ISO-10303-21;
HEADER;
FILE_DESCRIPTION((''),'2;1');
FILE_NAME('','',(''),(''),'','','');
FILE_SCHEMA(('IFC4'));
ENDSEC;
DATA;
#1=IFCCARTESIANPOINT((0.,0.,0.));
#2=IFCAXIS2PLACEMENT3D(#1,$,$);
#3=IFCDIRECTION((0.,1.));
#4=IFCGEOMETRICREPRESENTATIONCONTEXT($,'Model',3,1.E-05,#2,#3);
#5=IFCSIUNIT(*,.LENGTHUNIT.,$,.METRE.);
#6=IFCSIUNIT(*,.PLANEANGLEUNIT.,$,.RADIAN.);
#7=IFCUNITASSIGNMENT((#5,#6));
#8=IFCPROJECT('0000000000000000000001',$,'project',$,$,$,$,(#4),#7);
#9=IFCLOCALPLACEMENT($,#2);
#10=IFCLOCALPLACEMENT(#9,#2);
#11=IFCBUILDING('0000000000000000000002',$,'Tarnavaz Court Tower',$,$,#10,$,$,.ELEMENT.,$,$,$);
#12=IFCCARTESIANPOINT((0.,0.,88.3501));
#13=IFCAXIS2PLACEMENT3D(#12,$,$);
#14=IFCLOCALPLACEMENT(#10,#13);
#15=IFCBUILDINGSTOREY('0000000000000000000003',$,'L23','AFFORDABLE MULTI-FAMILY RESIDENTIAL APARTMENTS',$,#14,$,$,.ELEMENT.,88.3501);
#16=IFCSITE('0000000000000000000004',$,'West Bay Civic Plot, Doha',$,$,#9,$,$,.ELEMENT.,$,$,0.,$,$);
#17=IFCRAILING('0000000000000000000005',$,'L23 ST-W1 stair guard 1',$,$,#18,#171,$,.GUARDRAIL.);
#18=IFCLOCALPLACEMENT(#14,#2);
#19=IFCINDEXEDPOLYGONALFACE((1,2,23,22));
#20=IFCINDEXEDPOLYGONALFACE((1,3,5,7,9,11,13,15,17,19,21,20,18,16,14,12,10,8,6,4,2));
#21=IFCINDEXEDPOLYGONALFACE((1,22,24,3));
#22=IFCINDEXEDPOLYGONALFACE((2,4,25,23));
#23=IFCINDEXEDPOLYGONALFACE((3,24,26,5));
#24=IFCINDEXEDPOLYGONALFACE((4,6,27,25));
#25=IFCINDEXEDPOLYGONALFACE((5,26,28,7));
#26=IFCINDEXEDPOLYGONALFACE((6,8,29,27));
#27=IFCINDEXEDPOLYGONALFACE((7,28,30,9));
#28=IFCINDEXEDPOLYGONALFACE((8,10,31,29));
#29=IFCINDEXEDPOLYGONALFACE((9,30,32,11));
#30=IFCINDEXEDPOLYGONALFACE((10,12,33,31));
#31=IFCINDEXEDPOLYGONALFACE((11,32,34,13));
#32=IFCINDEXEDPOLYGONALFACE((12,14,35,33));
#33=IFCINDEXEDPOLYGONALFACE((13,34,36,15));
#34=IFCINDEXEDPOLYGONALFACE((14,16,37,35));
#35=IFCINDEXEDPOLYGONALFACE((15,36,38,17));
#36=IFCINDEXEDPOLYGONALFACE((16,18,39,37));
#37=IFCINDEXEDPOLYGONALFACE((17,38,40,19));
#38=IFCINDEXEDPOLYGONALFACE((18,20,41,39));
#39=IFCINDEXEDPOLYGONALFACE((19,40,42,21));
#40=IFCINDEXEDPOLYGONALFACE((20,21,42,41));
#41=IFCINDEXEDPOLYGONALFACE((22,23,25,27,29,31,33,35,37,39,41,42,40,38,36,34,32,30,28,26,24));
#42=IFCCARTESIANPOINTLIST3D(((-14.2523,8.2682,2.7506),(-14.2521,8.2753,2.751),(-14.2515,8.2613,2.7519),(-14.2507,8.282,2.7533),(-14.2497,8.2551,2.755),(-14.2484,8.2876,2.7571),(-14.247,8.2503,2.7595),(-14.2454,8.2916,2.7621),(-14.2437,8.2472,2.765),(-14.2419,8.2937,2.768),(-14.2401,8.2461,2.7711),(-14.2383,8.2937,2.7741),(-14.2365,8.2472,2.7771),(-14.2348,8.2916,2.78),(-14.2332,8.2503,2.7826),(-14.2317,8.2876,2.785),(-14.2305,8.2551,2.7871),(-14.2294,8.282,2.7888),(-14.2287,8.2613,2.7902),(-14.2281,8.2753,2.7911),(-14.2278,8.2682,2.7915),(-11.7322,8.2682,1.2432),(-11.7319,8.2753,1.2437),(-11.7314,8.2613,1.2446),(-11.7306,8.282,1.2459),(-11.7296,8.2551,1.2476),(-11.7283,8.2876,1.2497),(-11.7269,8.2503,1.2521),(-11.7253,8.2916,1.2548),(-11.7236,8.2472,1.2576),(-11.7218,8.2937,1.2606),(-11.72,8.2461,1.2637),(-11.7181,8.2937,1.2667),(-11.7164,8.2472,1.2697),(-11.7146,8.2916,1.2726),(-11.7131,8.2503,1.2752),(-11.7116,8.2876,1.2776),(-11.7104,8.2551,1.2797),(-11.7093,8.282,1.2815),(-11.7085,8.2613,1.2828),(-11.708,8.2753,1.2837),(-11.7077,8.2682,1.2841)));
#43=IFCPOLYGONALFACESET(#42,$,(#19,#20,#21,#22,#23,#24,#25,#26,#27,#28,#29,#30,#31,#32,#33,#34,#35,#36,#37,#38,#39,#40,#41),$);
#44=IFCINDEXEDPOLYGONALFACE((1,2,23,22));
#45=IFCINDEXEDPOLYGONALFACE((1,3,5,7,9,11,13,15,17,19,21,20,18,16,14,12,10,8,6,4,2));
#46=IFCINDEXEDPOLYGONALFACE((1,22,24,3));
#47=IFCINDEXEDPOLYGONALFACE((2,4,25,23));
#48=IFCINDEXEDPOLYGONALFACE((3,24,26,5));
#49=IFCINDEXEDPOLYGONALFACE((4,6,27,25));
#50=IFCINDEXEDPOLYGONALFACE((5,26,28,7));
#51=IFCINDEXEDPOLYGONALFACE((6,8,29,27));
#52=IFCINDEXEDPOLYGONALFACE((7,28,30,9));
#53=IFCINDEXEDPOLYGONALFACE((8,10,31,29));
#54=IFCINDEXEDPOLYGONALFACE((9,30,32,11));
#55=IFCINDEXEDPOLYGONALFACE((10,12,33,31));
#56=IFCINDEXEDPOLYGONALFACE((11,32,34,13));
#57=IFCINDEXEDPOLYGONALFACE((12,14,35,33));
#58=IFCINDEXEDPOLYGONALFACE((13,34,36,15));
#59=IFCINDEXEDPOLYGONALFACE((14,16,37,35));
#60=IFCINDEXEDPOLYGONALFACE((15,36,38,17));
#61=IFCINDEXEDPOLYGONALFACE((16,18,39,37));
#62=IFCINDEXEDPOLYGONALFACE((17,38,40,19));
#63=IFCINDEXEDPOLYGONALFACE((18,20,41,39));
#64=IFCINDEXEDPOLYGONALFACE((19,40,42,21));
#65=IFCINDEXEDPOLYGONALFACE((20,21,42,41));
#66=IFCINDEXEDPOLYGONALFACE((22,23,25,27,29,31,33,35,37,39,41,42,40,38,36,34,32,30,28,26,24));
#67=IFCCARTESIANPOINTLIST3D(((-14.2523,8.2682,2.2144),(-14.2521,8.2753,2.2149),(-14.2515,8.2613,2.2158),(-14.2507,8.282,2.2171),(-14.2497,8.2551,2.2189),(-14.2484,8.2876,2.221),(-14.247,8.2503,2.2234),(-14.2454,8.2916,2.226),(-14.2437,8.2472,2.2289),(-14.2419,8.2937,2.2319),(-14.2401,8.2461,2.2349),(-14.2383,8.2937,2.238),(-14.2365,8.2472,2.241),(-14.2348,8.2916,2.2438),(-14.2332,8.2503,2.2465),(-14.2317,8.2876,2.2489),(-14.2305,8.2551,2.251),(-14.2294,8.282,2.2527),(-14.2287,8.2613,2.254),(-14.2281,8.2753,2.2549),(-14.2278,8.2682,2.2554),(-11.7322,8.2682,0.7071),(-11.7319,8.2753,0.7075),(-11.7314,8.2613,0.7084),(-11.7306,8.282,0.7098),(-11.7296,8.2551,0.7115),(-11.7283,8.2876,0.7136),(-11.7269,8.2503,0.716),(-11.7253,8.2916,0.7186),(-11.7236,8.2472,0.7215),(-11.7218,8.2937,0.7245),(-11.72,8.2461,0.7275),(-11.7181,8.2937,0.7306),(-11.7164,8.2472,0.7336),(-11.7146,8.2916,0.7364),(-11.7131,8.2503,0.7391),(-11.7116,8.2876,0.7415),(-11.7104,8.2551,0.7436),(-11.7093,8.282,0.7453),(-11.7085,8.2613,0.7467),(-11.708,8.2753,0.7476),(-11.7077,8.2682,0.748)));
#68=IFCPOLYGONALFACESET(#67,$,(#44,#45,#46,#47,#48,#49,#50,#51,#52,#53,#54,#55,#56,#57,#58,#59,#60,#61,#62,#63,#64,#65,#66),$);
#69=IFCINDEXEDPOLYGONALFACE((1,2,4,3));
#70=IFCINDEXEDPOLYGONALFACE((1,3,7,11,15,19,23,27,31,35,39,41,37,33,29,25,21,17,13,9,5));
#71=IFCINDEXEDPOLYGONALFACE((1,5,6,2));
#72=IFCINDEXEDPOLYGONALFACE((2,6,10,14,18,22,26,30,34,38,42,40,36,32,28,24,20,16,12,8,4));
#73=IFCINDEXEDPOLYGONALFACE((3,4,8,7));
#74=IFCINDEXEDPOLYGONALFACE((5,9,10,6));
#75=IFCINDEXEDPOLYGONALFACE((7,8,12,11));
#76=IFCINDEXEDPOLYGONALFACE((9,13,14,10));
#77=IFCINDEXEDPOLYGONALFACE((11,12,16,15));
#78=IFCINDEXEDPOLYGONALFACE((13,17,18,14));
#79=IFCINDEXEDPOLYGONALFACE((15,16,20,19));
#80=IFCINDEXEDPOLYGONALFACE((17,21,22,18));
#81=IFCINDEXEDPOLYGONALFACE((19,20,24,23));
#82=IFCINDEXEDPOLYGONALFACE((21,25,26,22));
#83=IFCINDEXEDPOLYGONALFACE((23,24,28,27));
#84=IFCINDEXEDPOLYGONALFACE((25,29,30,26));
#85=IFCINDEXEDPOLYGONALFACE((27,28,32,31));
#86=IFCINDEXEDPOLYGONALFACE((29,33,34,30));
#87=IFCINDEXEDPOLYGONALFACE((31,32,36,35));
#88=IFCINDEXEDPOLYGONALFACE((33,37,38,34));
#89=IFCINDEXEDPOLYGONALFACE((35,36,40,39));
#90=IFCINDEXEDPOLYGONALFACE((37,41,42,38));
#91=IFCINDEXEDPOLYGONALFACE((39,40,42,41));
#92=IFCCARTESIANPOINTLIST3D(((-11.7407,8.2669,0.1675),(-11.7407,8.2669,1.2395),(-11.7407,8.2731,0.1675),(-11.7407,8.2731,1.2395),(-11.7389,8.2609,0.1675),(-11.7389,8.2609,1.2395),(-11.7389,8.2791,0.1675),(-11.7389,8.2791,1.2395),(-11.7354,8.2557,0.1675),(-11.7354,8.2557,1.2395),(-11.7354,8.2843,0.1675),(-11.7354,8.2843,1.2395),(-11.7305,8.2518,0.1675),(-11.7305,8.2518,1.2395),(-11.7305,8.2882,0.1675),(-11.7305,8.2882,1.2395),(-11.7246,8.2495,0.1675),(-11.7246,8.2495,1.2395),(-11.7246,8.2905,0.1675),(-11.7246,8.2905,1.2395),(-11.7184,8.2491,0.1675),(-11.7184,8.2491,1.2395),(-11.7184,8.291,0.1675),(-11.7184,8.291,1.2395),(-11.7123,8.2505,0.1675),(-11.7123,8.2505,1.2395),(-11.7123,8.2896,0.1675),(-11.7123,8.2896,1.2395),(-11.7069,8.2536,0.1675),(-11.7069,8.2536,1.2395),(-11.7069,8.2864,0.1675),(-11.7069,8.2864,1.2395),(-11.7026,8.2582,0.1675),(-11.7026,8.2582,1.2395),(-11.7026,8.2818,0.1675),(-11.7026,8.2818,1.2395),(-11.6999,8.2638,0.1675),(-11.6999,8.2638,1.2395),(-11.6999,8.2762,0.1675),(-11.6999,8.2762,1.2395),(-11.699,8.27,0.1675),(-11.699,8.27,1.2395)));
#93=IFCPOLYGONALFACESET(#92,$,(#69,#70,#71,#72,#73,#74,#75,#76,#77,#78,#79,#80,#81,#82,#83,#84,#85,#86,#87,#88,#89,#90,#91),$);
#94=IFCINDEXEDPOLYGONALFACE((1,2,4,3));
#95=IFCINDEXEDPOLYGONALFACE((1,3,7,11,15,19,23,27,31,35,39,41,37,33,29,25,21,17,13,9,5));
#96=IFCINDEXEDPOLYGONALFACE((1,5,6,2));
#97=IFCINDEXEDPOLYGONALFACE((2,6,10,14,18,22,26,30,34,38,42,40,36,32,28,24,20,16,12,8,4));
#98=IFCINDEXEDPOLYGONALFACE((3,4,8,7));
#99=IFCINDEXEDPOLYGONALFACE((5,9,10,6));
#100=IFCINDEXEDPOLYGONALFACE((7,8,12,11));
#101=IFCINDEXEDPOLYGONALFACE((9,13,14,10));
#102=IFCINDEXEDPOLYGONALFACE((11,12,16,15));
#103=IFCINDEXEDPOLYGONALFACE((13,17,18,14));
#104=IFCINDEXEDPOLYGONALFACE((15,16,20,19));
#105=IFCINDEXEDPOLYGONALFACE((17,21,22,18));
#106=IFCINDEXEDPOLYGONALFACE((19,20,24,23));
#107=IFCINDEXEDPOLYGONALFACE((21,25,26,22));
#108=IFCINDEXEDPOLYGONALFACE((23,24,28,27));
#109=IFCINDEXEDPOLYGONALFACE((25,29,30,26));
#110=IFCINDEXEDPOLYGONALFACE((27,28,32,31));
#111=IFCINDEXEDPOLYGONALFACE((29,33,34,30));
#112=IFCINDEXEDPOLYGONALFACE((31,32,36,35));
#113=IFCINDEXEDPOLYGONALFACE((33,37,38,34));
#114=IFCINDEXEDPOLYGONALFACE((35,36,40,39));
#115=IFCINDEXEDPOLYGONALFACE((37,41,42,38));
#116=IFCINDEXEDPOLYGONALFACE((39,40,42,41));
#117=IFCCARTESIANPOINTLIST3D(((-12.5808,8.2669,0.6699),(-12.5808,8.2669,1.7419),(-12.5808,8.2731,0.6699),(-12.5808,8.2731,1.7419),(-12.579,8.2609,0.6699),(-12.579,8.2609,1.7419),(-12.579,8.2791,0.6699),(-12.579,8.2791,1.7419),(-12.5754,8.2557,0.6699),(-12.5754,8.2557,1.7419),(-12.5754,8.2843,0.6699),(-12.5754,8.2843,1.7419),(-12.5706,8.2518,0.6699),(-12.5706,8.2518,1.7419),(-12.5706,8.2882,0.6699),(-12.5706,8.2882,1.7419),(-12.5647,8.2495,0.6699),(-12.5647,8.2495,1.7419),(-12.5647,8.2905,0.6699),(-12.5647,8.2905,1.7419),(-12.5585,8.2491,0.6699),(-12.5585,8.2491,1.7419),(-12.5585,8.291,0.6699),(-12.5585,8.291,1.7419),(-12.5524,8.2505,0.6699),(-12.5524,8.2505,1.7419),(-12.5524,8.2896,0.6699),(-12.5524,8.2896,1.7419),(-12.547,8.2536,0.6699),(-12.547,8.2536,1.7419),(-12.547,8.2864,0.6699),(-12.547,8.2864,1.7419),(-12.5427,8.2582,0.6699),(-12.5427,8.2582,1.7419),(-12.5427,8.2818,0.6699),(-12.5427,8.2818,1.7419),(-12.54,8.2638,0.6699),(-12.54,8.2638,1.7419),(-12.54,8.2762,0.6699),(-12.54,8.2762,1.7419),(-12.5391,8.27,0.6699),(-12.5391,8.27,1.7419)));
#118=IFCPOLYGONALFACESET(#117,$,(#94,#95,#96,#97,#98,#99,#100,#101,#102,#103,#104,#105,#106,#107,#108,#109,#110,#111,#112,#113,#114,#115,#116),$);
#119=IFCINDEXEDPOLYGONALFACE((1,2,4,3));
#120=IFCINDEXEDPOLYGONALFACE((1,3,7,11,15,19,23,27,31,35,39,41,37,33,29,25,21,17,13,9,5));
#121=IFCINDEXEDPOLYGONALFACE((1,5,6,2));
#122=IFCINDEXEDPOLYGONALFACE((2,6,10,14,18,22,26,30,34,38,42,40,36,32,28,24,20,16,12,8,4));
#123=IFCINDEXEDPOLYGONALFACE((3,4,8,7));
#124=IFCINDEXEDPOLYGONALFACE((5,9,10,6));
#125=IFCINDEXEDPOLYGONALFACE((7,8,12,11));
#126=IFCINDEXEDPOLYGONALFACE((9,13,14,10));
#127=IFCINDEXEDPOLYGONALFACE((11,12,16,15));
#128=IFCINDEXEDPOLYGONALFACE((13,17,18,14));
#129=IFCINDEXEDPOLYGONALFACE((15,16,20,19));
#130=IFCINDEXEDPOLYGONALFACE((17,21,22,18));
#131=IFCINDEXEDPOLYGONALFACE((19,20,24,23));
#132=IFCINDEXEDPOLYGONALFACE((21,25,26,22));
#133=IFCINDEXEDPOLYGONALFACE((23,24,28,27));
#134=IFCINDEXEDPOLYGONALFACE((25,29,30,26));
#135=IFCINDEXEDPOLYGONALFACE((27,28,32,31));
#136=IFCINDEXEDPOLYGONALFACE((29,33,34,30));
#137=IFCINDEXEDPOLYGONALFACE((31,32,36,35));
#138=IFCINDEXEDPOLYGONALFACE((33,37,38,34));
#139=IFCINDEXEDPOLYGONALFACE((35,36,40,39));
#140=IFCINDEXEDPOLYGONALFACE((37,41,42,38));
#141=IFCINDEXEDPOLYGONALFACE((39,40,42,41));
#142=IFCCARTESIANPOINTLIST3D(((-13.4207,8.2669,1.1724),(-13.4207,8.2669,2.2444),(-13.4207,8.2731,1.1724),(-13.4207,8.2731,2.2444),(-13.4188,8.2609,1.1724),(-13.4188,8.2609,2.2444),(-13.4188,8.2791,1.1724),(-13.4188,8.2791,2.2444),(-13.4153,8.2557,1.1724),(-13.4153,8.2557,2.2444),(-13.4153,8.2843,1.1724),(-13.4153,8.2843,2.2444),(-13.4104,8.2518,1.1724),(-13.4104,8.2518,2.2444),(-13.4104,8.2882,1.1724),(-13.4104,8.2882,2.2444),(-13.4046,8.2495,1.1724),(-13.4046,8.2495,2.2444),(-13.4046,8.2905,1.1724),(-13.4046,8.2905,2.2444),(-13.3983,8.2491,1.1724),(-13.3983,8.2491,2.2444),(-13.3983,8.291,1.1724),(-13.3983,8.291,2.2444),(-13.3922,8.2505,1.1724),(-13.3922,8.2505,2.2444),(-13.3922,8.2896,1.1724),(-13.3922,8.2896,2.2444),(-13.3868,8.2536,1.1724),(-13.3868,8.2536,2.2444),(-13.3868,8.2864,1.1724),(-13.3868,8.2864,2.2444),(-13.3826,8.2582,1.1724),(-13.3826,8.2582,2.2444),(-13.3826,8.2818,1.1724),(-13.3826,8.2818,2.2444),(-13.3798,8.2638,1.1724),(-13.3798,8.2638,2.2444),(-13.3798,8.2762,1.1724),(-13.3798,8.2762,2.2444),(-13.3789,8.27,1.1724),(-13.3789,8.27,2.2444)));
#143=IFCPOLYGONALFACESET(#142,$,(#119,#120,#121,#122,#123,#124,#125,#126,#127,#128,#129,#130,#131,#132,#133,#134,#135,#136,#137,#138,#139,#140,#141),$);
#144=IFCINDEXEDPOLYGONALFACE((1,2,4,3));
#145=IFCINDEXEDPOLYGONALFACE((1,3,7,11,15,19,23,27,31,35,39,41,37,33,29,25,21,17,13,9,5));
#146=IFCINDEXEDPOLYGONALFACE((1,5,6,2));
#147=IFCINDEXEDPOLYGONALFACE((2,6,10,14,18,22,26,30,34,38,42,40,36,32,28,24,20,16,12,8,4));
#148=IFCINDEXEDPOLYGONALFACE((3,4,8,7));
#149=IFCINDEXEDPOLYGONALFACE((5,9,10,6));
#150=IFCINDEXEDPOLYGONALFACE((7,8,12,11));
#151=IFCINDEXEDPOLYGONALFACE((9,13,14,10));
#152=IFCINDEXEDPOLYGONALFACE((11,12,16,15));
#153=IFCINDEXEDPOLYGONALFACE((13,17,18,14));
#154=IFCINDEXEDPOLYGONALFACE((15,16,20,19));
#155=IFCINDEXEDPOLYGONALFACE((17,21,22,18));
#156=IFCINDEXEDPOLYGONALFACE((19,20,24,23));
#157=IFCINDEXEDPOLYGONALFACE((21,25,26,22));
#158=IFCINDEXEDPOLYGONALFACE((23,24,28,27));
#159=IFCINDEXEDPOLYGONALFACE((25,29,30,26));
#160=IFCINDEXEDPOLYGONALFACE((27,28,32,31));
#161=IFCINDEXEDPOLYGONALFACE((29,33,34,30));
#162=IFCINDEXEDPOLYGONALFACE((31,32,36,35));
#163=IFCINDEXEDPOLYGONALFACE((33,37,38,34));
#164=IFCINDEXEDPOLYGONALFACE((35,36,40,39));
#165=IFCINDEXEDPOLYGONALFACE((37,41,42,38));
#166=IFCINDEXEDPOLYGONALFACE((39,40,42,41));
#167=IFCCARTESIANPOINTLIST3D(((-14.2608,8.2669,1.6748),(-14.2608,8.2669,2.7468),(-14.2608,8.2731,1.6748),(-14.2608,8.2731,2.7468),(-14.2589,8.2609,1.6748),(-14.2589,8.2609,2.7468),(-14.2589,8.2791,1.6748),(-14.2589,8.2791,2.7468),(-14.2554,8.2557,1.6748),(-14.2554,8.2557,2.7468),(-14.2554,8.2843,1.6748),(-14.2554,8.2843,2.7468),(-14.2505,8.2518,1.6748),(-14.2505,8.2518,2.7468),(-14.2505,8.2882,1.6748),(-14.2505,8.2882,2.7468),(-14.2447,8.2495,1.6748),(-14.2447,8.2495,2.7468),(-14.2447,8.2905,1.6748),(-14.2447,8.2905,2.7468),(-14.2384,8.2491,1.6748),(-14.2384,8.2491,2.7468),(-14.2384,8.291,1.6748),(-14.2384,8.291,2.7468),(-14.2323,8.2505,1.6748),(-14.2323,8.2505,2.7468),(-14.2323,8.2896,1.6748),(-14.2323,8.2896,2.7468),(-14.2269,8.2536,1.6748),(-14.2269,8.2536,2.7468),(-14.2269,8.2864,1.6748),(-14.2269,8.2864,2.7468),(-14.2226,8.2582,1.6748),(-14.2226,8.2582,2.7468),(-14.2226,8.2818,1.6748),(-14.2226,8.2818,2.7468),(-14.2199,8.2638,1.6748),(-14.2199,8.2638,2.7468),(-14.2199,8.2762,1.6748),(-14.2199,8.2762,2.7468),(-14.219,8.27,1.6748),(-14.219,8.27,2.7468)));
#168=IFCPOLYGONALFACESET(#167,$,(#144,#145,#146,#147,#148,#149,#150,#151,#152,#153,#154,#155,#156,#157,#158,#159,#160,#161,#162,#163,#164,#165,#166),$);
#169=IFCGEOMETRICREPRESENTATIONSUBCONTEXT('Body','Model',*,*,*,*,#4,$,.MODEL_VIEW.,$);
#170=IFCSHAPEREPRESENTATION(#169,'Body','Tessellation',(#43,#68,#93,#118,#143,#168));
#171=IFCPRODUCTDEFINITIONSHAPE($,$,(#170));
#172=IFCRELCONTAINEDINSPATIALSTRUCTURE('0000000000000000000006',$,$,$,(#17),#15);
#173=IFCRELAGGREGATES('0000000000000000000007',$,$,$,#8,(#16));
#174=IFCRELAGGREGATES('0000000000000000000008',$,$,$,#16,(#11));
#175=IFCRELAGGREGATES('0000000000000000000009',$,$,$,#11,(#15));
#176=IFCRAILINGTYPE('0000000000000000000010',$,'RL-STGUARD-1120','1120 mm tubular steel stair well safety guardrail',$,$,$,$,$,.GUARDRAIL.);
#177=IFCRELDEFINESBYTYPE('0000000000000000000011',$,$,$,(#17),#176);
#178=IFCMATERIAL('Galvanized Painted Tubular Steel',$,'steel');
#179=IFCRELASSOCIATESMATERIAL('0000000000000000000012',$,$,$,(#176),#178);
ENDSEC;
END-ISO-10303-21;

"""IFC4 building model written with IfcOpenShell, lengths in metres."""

from ifc_helpers import new_model, si_unit, direction, frame, origin, origin_2d, place, context, subcontext, project, spatial, circle, extrude, material, type_object, element, save


model = new_model("IFC4")

# Units and contexts
model_context = context("Model", 3, precision=1e-05, world=origin(), true_north=direction((0.0, 1.0)))
body_context = subcontext(model_context, "Body", "Model", "MODEL_VIEW")
ifc_project = project(units=[si_unit("LENGTHUNIT", "METRE"), si_unit("PLANEANGLEUNIT", "RADIAN")], contexts=[model_context])

# Site, building, storey
site_placement = place(None, origin())
site = spatial("IfcSite", under=ifc_project, at=site_placement, Name="West Bay Civic Plot, Doha", CompositionType="ELEMENT", RefElevation=0.0)
building_placement = place(site_placement, origin())
building = spatial("IfcBuilding", under=site, at=building_placement, Name="Tarnavaz Court Tower", CompositionType="ELEMENT")
storey_placement = place(building_placement, frame((0.0, 0.0, 88.3501)))
storey = spatial("IfcBuildingStorey", under=building, at=storey_placement, Name="L23", Description="AFFORDABLE MULTI-FAMILY RESIDENTIAL APARTMENTS", CompositionType="ELEMENT", Elevation=88.3501)

# Railing
ifc_material_1 = material(Name="Galvanized Painted Tubular Steel", Category="steel")
railing_type_1 = type_object("IfcRailingType", Name="RL-STGUARD-1120", Description="1120 mm tubular steel stair well safety guardrail", PredefinedType="GUARDRAIL", material=ifc_material_1)
railing_1_placement = place(storey_placement, frame((-11.72, 8.27, 0.1675)))
element("IfcRailing", 1, at=railing_1_placement, inside=storey, type_object=railing_type_1, Name="L23 ST-W1 stair guard 1", PredefinedType="GUARDRAIL", context=body_context, shape_type="SweptSolid", body=[
    extrude(circle(Radius=0.0239, at=origin_2d()), frame((0.0, 0.0, 1.0962), z_axis=(-0.858196, 0.0, 0.513321), x_axis=(0.0, -1.0, 0.0)), (0.0, 0.0, 1.0), 2.9365),
    extrude(circle(Radius=0.0239, at=origin_2d()), frame((0.0, 0.0, 0.5601), z_axis=(-0.858196, 0.0, 0.513321), x_axis=(0.0, -1.0, 0.0)), (0.0, 0.0, 1.0), 2.9365),
    extrude(circle(Radius=0.021, at=origin_2d()), origin(), (0.0, 0.0, 1.0), 1.072),
    extrude(circle(Radius=0.021, at=origin_2d()), frame((-0.8401, 0.0, 0.5024)), (0.0, 0.0, 1.0), 1.072),
    extrude(circle(Radius=0.021, at=origin_2d()), frame((-1.6799, 0.0, 1.0049)), (0.0, 0.0, 1.0), 1.072),
    extrude(circle(Radius=0.021, at=origin_2d()), frame((-2.52, 0.0, 1.5073)), (0.0, 0.0, 1.0), 1.072),
])

save(model, "model.ifc")
